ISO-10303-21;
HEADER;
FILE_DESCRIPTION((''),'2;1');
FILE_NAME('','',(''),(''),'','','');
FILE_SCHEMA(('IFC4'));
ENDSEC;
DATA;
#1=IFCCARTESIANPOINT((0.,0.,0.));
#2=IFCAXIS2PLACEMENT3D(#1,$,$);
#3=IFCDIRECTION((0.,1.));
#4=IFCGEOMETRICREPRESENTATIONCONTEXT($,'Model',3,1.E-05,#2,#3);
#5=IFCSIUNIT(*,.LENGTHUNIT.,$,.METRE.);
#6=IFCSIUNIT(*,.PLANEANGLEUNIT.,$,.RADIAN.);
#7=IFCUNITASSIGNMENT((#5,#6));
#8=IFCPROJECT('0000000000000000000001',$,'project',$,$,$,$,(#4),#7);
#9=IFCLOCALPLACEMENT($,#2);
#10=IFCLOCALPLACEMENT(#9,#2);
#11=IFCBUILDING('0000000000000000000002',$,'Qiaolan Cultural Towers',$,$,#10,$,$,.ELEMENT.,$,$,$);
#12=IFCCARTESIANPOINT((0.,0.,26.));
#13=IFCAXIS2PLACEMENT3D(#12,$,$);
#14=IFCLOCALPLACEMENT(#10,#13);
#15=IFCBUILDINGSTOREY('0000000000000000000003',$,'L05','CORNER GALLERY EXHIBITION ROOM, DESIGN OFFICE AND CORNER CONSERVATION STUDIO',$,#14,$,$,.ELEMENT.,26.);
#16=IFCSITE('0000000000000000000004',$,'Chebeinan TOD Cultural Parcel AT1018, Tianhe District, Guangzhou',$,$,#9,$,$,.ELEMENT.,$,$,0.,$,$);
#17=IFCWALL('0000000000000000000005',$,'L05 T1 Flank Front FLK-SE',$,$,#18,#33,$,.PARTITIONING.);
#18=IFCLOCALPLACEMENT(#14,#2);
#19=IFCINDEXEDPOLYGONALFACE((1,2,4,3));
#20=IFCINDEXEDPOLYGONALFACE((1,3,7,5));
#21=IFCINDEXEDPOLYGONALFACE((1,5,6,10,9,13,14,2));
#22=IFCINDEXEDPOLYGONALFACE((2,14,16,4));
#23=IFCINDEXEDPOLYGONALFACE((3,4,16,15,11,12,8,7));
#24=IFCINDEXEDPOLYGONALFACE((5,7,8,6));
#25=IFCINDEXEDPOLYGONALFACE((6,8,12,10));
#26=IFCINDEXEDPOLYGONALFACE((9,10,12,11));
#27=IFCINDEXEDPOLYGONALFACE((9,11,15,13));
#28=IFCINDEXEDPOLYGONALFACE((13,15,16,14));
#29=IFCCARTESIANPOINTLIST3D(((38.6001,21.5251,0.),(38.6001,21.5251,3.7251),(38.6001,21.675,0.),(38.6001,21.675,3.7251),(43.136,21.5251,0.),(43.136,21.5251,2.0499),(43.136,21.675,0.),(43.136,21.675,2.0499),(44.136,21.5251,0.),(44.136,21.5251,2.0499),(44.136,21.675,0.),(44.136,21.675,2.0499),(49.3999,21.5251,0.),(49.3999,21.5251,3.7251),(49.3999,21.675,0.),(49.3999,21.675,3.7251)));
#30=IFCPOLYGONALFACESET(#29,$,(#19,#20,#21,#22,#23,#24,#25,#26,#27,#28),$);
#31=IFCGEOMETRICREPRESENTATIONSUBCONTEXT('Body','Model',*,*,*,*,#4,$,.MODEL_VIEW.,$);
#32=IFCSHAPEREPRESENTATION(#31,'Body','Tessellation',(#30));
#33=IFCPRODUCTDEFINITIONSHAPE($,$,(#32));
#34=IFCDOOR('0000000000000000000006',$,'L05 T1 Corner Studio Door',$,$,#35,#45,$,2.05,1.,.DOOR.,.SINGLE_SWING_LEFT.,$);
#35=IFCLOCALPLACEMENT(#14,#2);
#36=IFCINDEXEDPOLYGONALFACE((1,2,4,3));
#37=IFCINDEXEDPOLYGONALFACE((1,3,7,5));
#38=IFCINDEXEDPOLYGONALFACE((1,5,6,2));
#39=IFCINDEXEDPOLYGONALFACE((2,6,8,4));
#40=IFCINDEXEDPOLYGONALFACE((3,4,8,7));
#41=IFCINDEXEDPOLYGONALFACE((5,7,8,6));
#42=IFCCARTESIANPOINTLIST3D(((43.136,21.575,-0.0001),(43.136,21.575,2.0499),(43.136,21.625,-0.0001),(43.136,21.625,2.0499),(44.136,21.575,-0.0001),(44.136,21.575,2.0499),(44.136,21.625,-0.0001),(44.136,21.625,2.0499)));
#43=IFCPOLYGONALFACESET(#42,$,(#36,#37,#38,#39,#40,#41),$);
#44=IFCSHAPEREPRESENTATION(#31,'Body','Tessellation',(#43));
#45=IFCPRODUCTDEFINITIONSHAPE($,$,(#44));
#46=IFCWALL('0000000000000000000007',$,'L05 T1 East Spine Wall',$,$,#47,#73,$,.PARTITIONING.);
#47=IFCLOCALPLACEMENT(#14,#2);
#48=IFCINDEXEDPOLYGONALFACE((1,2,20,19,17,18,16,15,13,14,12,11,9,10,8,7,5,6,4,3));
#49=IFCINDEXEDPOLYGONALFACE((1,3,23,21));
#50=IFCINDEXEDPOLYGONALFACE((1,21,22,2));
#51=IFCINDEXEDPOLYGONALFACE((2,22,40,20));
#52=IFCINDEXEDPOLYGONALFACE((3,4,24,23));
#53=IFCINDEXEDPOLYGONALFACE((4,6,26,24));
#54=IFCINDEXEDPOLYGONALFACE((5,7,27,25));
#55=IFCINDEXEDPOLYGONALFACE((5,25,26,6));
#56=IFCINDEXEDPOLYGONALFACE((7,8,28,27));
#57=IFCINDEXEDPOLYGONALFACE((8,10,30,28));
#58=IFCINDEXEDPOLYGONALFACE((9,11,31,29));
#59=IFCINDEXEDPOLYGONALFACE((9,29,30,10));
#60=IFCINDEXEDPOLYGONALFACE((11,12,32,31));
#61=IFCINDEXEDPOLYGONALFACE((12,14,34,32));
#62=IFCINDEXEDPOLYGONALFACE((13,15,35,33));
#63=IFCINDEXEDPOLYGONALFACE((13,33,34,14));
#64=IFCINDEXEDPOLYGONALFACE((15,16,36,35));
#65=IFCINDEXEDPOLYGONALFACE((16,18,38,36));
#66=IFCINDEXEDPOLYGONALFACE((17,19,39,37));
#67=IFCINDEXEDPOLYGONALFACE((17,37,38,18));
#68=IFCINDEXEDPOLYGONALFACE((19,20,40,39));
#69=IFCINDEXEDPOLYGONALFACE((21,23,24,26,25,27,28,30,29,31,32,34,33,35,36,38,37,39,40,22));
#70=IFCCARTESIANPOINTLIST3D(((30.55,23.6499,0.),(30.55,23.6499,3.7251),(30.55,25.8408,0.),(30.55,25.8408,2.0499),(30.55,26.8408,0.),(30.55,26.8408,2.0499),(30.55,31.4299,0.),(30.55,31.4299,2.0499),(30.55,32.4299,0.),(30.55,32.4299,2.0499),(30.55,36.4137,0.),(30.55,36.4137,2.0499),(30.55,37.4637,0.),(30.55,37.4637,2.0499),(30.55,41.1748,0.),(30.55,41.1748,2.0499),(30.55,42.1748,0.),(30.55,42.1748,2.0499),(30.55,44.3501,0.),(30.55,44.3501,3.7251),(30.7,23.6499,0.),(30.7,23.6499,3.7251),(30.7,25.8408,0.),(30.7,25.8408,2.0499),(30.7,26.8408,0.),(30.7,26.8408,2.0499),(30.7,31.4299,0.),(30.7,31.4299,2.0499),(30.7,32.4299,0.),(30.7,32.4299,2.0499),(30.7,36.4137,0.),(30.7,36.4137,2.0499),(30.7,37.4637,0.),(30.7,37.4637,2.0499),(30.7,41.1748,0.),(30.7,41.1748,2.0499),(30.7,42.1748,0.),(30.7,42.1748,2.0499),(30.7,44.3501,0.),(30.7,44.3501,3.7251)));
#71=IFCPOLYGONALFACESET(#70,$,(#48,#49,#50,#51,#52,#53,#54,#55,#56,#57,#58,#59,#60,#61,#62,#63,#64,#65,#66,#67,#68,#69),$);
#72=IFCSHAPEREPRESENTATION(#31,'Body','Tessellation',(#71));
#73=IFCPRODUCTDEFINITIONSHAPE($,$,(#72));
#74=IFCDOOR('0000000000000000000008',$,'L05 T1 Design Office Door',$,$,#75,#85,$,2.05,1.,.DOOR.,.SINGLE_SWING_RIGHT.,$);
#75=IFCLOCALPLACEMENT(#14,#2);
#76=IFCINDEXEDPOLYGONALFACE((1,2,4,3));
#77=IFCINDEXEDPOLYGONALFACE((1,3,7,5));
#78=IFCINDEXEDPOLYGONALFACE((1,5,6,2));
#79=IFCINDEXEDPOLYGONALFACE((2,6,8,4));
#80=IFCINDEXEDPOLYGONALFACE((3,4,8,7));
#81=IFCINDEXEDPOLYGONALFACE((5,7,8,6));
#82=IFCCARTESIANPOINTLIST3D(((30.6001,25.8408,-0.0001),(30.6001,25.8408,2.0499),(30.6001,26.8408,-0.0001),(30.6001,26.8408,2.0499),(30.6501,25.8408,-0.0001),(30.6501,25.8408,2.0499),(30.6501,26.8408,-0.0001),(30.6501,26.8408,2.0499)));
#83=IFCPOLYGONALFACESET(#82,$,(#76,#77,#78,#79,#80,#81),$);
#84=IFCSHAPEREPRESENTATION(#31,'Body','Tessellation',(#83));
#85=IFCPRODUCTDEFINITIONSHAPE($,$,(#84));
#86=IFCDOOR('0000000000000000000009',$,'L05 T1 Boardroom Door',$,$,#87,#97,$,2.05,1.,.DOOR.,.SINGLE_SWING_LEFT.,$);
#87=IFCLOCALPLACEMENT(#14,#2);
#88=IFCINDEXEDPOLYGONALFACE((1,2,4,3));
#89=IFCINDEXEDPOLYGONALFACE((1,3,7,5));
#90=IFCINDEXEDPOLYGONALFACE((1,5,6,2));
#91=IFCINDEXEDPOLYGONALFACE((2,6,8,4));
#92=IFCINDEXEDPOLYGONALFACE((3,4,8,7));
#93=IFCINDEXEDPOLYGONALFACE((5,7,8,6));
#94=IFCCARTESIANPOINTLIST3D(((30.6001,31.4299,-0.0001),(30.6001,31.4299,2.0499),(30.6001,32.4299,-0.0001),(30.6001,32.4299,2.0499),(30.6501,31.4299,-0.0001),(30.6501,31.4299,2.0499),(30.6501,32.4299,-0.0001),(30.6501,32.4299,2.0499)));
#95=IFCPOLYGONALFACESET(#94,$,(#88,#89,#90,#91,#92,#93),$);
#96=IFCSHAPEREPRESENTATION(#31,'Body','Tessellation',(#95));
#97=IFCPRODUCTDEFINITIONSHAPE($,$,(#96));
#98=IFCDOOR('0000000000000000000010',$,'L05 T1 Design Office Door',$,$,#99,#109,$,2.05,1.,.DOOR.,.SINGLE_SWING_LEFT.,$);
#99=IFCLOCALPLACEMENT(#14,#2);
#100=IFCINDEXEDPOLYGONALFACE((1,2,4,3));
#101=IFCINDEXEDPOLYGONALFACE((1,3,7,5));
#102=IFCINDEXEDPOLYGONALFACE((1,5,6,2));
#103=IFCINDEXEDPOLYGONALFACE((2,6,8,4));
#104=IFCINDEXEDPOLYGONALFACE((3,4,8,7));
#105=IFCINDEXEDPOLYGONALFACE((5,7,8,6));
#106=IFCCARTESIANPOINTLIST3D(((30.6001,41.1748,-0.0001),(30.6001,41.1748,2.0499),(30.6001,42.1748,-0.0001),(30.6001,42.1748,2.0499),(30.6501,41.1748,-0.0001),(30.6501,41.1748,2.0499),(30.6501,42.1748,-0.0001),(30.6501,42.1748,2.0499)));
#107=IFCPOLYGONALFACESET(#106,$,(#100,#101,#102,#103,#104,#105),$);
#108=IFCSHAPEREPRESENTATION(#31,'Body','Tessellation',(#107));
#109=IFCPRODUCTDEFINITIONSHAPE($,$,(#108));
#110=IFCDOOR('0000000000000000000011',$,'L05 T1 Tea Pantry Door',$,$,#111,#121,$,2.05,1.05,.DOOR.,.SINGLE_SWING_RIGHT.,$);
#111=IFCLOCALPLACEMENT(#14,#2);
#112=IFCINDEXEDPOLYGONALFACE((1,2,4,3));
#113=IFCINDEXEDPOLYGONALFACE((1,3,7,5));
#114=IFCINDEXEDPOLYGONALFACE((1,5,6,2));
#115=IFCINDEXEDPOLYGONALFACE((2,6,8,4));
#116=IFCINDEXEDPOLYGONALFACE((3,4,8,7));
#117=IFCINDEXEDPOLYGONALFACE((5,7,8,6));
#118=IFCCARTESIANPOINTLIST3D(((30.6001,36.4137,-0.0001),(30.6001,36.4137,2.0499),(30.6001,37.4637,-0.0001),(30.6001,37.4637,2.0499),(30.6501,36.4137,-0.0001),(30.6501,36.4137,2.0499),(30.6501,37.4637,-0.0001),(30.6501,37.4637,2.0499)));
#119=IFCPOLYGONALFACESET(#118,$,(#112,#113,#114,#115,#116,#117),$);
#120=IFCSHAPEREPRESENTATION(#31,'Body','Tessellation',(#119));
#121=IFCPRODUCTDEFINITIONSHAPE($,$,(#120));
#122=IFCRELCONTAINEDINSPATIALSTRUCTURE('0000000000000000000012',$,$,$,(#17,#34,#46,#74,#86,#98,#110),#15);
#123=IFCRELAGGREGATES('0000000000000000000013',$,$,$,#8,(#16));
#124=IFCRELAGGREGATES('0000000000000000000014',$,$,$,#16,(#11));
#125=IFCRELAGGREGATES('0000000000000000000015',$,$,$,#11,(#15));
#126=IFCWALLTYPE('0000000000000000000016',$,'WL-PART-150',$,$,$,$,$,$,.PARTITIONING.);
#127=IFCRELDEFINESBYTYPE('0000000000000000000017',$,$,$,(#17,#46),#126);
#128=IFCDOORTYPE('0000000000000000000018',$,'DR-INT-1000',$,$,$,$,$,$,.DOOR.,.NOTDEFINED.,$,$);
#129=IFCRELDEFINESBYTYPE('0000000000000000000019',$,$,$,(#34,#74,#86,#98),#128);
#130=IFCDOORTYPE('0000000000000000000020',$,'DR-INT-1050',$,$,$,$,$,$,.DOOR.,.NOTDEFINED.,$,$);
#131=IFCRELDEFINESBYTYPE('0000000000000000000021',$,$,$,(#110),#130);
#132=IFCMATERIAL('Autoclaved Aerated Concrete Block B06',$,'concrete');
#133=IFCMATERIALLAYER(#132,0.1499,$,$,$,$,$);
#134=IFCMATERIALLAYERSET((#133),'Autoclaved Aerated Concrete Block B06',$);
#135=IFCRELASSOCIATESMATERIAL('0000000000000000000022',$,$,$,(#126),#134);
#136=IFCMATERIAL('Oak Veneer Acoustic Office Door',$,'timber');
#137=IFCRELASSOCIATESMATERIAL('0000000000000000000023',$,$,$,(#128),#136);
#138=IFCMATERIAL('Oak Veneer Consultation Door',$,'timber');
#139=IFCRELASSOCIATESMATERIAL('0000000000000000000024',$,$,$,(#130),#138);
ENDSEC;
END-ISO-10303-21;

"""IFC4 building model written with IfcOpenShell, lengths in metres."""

from ifc_helpers import new_model, si_unit, direction, frame, frame_2d, origin, place, context, subcontext, project, spatial, rectangle, extrude, material, layer, layer_set, type_object, element, fill, save


model = new_model("IFC4")

# Units and contexts
model_context = context("Model", 3, precision=1e-05, world=origin(), true_north=direction((0.0, 1.0)))
body_context = subcontext(model_context, "Body", "Model", "MODEL_VIEW")
ifc_project = project(units=[si_unit("LENGTHUNIT", "METRE"), si_unit("PLANEANGLEUNIT", "RADIAN")], contexts=[model_context])

# Site, building, storey
site_placement = place(None, origin())
site = spatial("IfcSite", under=ifc_project, at=site_placement, Name="Chebeinan TOD Cultural Parcel AT1018, Tianhe District, Guangzhou", CompositionType="ELEMENT", RefElevation=0.0)
building_placement = place(site_placement, origin())
building = spatial("IfcBuilding", under=site, at=building_placement, Name="Qiaolan Cultural Towers", CompositionType="ELEMENT")
storey_placement = place(building_placement, frame((0.0, 0.0, 26.0)))
storey = spatial("IfcBuildingStorey", under=building, at=storey_placement, Name="L05", Description="CORNER GALLERY EXHIBITION ROOM, DESIGN OFFICE AND CORNER CONSERVATION STUDIO", CompositionType="ELEMENT", Elevation=26.0)

# Shared definitions
ifc_material_1 = material(Name="Autoclaved Aerated Concrete Block B06", Category="concrete")
ifc_layer_1 = layer(ifc_material_1, 0.1499)
ifc_layer_set_1 = layer_set([ifc_layer_1], Name="Autoclaved Aerated Concrete Block B06")
wall_type_1 = type_object("IfcWallType", Name="WL-PART-150", PredefinedType="PARTITIONING", material=ifc_layer_set_1)

# Wall, opening, door
wall_1_placement = place(storey_placement, frame((38.6001, 21.6001, 0.0), z_axis=(0.0, 0.0, 1.0), x_axis=(1.0, 0.0, 0.0)))
wall_1 = element("IfcWall", 1, at=wall_1_placement, inside=storey, type_object=wall_type_1, Name="L05 T1 Flank Front FLK-SE", PredefinedType="PARTITIONING", context=body_context, shape_type="SweptSolid", body=[
    extrude(rectangle(XDim=10.7998, YDim=0.1499, at=frame_2d((5.3999, 0.0))), origin(), (0.0, 0.0, 1.0), 3.7251),
])
opening_1_placement = place(wall_1_placement, frame((4.5359, 0.0, 0.0)))
opening_1 = element("IfcOpeningElement", 2, at=opening_1_placement, cuts=wall_1, PredefinedType="OPENING", context=body_context, shape_type="SweptSolid", body=[
    extrude(rectangle(XDim=1.0, YDim=2.05, at=frame_2d((0.5, 1.0249))), frame((0.0, 0.085, 0.0), z_axis=(0.0, -1.0, 0.0), x_axis=(1.0, 0.0, 0.0)), (0.0, 0.0, 1.0), 0.1699),
])
ifc_material_2 = material(Name="Oak Veneer Acoustic Office Door", Category="timber")
door_type_1 = type_object("IfcDoorType", Name="DR-INT-1000", OperationType="NOTDEFINED", PredefinedType="DOOR", material=ifc_material_2)
door_1_placement = place(opening_1_placement, origin())
door_1 = element("IfcDoor", 3, at=door_1_placement, inside=storey, type_object=door_type_1, Name="L05 T1 Corner Studio Door", OperationType="SINGLE_SWING_LEFT", OverallHeight=2.05, OverallWidth=1.0, PredefinedType="DOOR", context=body_context, shape_type="SweptSolid", body=[
    extrude(rectangle(XDim=1.0, YDim=2.05, at=frame_2d((0.5, 1.0249))), frame((0.0, 0.0249, 0.0), z_axis=(0.0, -1.0, 0.0), x_axis=(1.0, 0.0, 0.0)), (0.0, 0.0, 1.0), 0.05),
])
fill(opening_1, door_1)

# Wall, openings, doors
wall_2_placement = place(storey_placement, frame((30.625, 23.6499, 0.0), z_axis=(0.0, 0.0, 1.0), x_axis=(0.0, 1.0, 0.0)))
wall_2 = element("IfcWall", 4, at=wall_2_placement, inside=storey, type_object=wall_type_1, Name="L05 T1 East Spine Wall", PredefinedType="PARTITIONING", context=body_context, shape_type="SweptSolid", body=[
    extrude(rectangle(XDim=20.7002, YDim=0.1499, at=frame_2d((10.3501, 0.0))), origin(), (0.0, 0.0, 1.0), 3.7251),
])
opening_2_placement = place(wall_2_placement, frame((2.1909, 0.0, 0.0)))
opening_2 = element("IfcOpeningElement", 5, at=opening_2_placement, cuts=wall_2, PredefinedType="OPENING", context=body_context, shape_type="SweptSolid", body=[
    extrude(rectangle(XDim=1.0, YDim=2.05, at=frame_2d((0.5, 1.0249))), frame((0.0, 0.085, 0.0), z_axis=(0.0, -1.0, 0.0), x_axis=(1.0, 0.0, 0.0)), (0.0, 0.0, 1.0), 0.1699),
])
opening_3_placement = place(wall_2_placement, frame((7.78, 0.0, 0.0)))
opening_3 = element("IfcOpeningElement", 6, at=opening_3_placement, cuts=wall_2, PredefinedType="OPENING", context=body_context, shape_type="SweptSolid", body=[
    extrude(rectangle(XDim=1.0, YDim=2.05, at=frame_2d((0.5, 1.0249))), frame((0.0, 0.085, 0.0), z_axis=(0.0, -1.0, 0.0), x_axis=(1.0, 0.0, 0.0)), (0.0, 0.0, 1.0), 0.1699),
])
opening_4_placement = place(wall_2_placement, frame((12.7639, 0.0, 0.0)))
opening_4 = element("IfcOpeningElement", 7, at=opening_4_placement, cuts=wall_2, PredefinedType="OPENING", context=body_context, shape_type="SweptSolid", body=[
    extrude(rectangle(XDim=1.05, YDim=2.05, at=frame_2d((0.5249, 1.0249))), frame((0.0, 0.085, 0.0), z_axis=(0.0, -1.0, 0.0), x_axis=(1.0, 0.0, 0.0)), (0.0, 0.0, 1.0), 0.1699),
])
opening_5_placement = place(wall_2_placement, frame((17.5249, 0.0, 0.0)))
opening_5 = element("IfcOpeningElement", 8, at=opening_5_placement, cuts=wall_2, PredefinedType="OPENING", context=body_context, shape_type="SweptSolid", body=[
    extrude(rectangle(XDim=1.0, YDim=2.05, at=frame_2d((0.5, 1.0249))), frame((0.0, 0.085, 0.0), z_axis=(0.0, -1.0, 0.0), x_axis=(1.0, 0.0, 0.0)), (0.0, 0.0, 1.0), 0.1699),
])
door_2_placement = place(opening_2_placement, origin())
door_2 = element("IfcDoor", 9, at=door_2_placement, inside=storey, type_object=door_type_1, Name="L05 T1 Design Office Door", OperationType="SINGLE_SWING_RIGHT", OverallHeight=2.05, OverallWidth=1.0, PredefinedType="DOOR", context=body_context, shape_type="SweptSolid", body=[
    extrude(rectangle(XDim=1.0, YDim=2.05, at=frame_2d((0.5, 1.0249))), frame((0.0, 0.0249, 0.0), z_axis=(0.0, -1.0, 0.0), x_axis=(1.0, 0.0, 0.0)), (0.0, 0.0, 1.0), 0.05),
])
fill(opening_2, door_2)
door_3_placement = place(opening_3_placement, origin())
door_3 = element("IfcDoor", 10, at=door_3_placement, inside=storey, type_object=door_type_1, Name="L05 T1 Boardroom Door", OperationType="SINGLE_SWING_LEFT", OverallHeight=2.05, OverallWidth=1.0, PredefinedType="DOOR", context=body_context, shape_type="SweptSolid", body=[
    extrude(rectangle(XDim=1.0, YDim=2.05, at=frame_2d((0.5, 1.0249))), frame((0.0, 0.0249, 0.0), z_axis=(0.0, -1.0, 0.0), x_axis=(1.0, 0.0, 0.0)), (0.0, 0.0, 1.0), 0.05),
])
fill(opening_3, door_3)
door_4_placement = place(opening_5_placement, origin())
door_4 = element("IfcDoor", 11, at=door_4_placement, inside=storey, type_object=door_type_1, Name="L05 T1 Design Office Door", OperationType="SINGLE_SWING_LEFT", OverallHeight=2.05, OverallWidth=1.0, PredefinedType="DOOR", context=body_context, shape_type="SweptSolid", body=[
    extrude(rectangle(XDim=1.0, YDim=2.05, at=frame_2d((0.5, 1.0249))), frame((0.0, 0.0249, 0.0), z_axis=(0.0, -1.0, 0.0), x_axis=(1.0, 0.0, 0.0)), (0.0, 0.0, 1.0), 0.05),
])
fill(opening_5, door_4)
ifc_material_3 = material(Name="Oak Veneer Consultation Door", Category="timber")
door_type_2 = type_object("IfcDoorType", Name="DR-INT-1050", OperationType="NOTDEFINED", PredefinedType="DOOR", material=ifc_material_3)
door_5_placement = place(opening_4_placement, origin())
door_5 = element("IfcDoor", 12, at=door_5_placement, inside=storey, type_object=door_type_2, Name="L05 T1 Tea Pantry Door", OperationType="SINGLE_SWING_RIGHT", OverallHeight=2.05, OverallWidth=1.05, PredefinedType="DOOR", context=body_context, shape_type="SweptSolid", body=[
    extrude(rectangle(XDim=1.05, YDim=2.05, at=frame_2d((0.5249, 1.0249))), frame((0.0, 0.0249, 0.0), z_axis=(0.0, -1.0, 0.0), x_axis=(1.0, 0.0, 0.0)), (0.0, 0.0, 1.0), 0.05),
])
fill(opening_4, door_5)

save(model, "model.ifc")
